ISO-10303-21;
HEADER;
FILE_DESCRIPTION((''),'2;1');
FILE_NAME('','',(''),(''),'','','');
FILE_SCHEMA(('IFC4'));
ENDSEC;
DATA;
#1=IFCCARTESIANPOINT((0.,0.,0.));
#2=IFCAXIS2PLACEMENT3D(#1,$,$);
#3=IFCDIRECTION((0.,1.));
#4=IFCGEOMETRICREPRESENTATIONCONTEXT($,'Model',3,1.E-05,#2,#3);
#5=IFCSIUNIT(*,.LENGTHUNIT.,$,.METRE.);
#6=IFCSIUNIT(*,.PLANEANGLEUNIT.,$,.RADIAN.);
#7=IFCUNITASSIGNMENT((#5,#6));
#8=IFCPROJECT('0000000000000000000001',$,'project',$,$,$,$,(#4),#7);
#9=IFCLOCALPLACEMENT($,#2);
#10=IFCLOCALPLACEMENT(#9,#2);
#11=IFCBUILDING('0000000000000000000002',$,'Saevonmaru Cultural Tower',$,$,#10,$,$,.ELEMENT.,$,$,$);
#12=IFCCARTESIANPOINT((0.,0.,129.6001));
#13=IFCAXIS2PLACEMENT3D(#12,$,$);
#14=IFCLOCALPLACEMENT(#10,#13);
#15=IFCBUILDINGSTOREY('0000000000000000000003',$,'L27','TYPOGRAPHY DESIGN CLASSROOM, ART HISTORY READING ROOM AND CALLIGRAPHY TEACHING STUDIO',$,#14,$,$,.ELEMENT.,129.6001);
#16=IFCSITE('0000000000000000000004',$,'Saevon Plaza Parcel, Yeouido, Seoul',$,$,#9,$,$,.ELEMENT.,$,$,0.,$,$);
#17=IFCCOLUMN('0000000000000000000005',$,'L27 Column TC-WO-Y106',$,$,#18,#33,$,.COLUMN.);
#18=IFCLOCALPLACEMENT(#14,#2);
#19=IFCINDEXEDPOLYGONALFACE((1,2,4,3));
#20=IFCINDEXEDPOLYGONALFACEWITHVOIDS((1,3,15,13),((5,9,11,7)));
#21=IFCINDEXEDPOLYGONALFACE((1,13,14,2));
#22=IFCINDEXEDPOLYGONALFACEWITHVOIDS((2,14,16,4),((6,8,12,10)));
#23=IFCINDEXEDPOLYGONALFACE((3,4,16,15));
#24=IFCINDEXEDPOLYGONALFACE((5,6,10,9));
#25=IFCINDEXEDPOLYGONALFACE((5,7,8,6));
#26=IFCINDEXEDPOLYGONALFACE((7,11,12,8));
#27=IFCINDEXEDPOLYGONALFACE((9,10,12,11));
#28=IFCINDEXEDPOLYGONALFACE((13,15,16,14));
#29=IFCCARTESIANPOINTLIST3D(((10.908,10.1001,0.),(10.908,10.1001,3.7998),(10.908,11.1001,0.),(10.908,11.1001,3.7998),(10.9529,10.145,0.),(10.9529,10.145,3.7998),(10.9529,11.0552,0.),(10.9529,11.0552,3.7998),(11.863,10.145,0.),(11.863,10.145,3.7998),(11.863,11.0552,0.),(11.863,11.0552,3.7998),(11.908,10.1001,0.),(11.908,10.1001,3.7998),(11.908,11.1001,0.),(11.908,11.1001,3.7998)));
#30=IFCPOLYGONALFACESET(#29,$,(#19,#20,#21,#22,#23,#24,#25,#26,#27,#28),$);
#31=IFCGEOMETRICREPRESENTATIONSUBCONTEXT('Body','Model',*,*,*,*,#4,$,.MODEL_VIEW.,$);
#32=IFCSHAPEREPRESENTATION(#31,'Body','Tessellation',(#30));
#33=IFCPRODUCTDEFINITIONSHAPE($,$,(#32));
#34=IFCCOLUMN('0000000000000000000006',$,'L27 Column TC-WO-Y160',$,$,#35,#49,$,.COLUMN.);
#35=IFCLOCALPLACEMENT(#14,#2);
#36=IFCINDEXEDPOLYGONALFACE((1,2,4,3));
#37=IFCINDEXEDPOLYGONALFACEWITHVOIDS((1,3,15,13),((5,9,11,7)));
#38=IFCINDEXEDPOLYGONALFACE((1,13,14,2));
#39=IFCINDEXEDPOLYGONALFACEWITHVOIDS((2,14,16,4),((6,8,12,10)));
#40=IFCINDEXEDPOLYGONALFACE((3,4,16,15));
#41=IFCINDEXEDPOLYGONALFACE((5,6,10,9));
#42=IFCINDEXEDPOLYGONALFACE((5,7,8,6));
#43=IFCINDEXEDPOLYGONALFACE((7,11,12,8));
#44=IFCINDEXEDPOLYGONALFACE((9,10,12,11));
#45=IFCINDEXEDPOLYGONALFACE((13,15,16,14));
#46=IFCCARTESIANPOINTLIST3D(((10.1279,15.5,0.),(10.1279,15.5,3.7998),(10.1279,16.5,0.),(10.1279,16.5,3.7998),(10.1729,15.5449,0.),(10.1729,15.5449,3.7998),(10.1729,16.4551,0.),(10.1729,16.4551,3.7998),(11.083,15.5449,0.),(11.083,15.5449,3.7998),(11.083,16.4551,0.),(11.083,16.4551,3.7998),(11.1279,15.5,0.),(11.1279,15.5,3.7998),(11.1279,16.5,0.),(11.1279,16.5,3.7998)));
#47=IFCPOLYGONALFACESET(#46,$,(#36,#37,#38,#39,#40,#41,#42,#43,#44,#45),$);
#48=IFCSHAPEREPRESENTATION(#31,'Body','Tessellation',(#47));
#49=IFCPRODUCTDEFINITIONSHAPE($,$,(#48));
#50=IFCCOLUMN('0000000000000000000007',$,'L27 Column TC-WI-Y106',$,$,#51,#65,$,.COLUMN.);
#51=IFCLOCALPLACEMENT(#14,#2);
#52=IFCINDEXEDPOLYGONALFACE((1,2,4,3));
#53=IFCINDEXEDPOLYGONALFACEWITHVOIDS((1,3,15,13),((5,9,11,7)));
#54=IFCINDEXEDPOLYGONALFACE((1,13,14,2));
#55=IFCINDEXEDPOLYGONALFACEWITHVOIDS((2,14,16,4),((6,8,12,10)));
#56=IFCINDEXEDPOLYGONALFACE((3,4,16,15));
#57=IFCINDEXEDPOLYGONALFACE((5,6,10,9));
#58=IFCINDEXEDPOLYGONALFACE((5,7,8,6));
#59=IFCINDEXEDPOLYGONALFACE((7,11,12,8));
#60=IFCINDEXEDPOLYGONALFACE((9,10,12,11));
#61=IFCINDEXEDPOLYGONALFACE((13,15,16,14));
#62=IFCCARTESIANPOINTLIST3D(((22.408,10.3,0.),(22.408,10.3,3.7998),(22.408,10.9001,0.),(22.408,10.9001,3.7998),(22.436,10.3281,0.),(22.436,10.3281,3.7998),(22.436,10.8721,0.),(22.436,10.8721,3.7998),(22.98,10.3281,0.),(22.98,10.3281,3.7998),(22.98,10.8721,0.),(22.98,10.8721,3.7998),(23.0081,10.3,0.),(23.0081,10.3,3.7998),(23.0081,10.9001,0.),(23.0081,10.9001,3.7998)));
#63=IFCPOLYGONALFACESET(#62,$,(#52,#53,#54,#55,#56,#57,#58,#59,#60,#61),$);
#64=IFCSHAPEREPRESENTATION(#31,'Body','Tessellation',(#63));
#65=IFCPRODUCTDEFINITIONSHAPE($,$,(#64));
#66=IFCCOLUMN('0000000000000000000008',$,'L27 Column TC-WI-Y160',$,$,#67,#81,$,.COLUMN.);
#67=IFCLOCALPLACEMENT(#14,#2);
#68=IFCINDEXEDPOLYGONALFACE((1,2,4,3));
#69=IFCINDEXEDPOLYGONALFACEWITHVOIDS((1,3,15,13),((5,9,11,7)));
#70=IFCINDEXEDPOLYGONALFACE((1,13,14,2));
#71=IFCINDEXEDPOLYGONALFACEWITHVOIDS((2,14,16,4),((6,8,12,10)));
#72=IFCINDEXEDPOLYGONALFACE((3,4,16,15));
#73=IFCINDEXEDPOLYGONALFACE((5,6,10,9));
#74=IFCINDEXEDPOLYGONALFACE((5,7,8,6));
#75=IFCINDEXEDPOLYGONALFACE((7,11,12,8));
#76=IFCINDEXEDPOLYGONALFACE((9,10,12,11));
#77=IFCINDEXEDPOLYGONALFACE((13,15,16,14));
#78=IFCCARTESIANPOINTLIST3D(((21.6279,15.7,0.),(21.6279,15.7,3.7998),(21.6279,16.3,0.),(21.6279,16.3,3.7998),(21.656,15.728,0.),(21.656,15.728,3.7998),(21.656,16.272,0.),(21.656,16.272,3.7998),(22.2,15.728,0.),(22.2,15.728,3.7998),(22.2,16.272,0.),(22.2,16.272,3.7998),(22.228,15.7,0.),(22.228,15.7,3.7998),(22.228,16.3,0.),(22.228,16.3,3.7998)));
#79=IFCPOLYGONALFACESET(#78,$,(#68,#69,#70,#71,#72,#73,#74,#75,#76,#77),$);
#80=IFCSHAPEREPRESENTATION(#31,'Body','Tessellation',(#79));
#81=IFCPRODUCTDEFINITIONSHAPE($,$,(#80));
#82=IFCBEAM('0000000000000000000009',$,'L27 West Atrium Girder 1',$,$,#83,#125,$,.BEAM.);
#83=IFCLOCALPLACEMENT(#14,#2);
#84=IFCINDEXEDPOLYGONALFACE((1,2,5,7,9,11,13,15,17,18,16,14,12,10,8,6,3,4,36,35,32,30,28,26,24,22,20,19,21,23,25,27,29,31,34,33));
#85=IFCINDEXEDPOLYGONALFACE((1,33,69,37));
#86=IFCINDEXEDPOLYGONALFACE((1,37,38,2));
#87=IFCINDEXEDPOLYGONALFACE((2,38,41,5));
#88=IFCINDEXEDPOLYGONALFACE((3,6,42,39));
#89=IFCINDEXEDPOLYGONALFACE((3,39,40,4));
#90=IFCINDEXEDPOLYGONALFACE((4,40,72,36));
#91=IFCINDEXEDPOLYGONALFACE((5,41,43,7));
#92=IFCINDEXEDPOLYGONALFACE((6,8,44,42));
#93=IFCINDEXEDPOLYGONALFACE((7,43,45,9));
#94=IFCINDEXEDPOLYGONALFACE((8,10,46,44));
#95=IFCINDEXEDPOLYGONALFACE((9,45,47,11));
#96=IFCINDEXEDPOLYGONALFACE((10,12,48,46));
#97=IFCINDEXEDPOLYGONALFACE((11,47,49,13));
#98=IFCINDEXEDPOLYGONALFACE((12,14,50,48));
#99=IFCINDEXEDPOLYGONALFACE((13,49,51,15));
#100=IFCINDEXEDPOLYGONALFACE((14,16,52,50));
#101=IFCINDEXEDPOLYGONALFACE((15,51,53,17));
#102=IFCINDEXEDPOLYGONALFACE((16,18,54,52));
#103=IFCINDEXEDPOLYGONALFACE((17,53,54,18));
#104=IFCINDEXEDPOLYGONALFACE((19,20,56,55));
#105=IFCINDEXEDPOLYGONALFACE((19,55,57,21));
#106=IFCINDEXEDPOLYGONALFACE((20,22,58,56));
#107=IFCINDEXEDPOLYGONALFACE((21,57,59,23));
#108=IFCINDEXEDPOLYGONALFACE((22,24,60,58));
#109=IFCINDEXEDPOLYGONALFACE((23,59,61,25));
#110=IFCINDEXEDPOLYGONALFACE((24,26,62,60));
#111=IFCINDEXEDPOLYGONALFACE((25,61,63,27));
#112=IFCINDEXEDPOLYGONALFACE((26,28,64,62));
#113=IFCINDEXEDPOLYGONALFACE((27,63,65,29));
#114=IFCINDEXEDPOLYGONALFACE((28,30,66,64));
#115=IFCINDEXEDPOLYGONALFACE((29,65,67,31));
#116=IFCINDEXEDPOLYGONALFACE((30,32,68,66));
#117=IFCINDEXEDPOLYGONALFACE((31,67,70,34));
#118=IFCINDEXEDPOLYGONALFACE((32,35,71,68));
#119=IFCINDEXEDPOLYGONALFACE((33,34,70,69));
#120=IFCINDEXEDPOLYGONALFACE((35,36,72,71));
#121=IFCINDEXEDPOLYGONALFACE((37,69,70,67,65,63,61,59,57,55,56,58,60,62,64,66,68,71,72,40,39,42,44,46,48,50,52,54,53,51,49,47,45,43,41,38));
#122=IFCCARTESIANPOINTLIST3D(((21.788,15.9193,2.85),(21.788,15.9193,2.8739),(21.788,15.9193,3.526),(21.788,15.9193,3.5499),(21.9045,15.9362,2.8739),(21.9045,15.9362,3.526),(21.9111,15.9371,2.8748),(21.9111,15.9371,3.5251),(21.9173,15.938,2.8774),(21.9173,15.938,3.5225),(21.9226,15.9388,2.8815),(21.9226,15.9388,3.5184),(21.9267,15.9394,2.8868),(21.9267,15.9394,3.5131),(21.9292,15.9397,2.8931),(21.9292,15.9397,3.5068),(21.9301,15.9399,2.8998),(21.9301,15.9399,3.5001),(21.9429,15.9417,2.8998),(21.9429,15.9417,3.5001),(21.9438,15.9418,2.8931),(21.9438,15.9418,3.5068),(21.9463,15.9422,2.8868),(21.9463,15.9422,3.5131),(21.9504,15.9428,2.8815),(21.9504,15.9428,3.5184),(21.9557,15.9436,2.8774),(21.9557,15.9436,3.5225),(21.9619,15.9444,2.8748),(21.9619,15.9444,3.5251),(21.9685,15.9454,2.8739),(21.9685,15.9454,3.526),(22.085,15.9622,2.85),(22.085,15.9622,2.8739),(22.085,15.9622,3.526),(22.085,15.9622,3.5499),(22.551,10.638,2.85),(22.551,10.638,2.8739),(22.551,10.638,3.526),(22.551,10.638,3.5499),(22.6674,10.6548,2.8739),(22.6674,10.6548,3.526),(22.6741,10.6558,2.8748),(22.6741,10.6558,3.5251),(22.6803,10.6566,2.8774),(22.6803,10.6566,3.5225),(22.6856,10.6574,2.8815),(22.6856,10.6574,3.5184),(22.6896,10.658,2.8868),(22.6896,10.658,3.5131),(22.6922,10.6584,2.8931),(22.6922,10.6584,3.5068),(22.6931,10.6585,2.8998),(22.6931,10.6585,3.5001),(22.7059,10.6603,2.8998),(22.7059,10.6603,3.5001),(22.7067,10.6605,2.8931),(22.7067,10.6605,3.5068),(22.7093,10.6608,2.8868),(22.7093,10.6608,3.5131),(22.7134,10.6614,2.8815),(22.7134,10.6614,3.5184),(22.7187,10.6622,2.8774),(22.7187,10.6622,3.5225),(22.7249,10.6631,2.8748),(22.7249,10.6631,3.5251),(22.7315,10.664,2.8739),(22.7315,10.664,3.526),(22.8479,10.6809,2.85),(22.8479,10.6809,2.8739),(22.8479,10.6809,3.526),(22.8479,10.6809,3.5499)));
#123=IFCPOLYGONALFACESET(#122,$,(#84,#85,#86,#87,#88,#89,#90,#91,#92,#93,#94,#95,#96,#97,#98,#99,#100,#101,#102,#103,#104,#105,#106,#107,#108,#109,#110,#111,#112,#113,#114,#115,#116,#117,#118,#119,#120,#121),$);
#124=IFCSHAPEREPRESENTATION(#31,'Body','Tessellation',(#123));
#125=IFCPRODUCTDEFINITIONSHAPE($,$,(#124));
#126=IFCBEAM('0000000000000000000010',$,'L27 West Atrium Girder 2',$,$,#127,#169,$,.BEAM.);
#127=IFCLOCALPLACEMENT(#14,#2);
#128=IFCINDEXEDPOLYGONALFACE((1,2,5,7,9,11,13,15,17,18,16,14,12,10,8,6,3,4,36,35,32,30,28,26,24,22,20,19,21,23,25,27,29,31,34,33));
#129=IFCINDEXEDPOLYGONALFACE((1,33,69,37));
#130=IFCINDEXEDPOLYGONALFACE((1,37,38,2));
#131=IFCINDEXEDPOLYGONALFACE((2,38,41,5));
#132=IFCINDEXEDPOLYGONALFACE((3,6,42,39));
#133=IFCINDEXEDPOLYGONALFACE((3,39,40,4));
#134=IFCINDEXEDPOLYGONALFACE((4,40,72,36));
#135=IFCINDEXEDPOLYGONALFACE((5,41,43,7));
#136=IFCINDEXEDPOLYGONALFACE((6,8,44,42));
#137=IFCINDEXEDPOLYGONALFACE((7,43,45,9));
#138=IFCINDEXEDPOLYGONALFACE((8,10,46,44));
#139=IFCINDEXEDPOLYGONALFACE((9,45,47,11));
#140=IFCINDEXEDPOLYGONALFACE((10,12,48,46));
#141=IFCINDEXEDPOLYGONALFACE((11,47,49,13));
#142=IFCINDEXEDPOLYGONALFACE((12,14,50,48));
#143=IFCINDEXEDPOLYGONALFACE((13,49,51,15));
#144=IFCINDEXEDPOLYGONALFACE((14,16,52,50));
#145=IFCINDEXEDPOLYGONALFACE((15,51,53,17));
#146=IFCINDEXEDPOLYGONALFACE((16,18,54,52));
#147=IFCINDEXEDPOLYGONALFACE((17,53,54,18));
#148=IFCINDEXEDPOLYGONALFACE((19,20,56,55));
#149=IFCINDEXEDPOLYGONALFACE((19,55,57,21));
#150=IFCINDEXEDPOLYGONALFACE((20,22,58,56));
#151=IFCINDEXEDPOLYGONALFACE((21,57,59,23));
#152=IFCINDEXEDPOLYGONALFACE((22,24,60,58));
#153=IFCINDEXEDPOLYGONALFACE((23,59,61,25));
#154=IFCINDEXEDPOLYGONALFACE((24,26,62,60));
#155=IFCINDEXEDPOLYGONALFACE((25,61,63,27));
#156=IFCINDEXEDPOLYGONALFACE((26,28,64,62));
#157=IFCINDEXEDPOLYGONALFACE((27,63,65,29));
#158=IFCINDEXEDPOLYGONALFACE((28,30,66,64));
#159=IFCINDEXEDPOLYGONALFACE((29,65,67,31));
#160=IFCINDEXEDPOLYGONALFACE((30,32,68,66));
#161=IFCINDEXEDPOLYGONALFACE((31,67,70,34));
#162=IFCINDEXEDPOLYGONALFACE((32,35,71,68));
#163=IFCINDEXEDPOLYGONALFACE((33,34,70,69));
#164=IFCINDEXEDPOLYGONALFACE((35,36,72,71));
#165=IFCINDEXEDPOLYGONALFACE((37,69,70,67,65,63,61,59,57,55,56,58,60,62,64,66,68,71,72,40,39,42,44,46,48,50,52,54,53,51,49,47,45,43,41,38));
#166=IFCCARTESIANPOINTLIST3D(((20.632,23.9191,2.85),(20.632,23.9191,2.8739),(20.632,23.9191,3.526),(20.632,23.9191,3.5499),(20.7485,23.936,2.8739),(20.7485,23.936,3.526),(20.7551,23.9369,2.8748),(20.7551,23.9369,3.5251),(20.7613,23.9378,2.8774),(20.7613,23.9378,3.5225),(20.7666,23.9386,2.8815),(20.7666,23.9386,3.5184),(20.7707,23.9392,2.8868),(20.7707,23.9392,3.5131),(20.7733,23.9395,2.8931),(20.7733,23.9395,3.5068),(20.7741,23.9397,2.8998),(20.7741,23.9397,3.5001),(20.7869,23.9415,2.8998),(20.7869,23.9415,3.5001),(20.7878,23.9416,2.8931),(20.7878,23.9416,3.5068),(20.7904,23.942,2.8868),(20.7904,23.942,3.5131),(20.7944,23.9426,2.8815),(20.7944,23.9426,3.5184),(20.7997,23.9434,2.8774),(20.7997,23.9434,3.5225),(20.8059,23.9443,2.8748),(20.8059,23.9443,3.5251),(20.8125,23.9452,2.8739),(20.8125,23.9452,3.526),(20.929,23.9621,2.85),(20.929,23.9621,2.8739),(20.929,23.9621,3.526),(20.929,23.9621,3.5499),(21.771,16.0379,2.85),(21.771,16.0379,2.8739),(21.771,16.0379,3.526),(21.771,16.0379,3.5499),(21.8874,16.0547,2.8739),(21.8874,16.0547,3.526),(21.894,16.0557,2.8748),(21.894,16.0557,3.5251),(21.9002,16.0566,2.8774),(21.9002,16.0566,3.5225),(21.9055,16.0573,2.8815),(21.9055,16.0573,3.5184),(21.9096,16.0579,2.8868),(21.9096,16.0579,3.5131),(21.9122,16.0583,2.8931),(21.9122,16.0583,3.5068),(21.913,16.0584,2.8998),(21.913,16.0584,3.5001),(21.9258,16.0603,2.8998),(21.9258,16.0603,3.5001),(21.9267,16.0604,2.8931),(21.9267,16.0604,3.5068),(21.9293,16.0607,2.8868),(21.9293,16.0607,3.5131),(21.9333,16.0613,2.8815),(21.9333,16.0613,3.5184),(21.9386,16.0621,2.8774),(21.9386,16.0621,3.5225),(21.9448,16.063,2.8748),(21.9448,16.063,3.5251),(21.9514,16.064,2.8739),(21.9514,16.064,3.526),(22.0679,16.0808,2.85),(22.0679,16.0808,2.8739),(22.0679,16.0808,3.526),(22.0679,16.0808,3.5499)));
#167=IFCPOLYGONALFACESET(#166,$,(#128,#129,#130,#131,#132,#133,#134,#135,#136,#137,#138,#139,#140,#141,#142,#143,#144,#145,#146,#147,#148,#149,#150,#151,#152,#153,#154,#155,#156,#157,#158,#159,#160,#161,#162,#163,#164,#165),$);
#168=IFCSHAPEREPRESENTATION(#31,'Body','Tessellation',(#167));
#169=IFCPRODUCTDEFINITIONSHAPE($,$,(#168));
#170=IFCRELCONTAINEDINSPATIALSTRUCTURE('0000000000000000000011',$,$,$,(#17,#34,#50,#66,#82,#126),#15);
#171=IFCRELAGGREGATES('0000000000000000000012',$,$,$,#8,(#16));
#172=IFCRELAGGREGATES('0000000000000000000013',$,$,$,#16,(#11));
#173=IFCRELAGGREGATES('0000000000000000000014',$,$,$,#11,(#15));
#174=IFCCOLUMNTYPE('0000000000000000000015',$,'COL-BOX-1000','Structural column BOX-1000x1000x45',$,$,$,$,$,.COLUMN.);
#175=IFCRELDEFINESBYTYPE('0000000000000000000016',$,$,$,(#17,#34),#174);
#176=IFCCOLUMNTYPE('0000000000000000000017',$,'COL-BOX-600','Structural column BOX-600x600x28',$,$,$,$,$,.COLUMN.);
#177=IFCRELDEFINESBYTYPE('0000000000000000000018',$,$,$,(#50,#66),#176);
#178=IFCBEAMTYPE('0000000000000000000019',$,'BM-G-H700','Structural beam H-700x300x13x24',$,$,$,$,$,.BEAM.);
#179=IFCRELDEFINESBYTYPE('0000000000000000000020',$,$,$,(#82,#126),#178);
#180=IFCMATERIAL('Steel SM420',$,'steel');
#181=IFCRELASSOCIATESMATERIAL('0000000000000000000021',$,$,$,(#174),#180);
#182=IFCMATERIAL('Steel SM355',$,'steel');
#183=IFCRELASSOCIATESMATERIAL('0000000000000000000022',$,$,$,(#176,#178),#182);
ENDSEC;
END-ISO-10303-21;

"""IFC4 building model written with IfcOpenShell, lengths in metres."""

from ifc_helpers import new_model, si_unit, direction, frame, origin, origin_2d, place, context, subcontext, project, spatial, hollow_rectangle, i_section, extrude, material, material_profile, profile_set, type_object, element, save


model = new_model("IFC4")

# Units and contexts
model_context = context("Model", 3, precision=1e-05, world=origin(), true_north=direction((0.0, 1.0)))
body_context = subcontext(model_context, "Body", "Model", "MODEL_VIEW")
ifc_project = project(units=[si_unit("LENGTHUNIT", "METRE"), si_unit("PLANEANGLEUNIT", "RADIAN")], contexts=[model_context])

# Site, building, storey
site_placement = place(None, origin())
site = spatial("IfcSite", under=ifc_project, at=site_placement, Name="Saevon Plaza Parcel, Yeouido, Seoul", CompositionType="ELEMENT", RefElevation=0.0)
building_placement = place(site_placement, origin())
building = spatial("IfcBuilding", under=site, at=building_placement, Name="Saevonmaru Cultural Tower", CompositionType="ELEMENT")
storey_placement = place(building_placement, frame((0.0, 0.0, 129.6001)))
storey = spatial("IfcBuildingStorey", under=building, at=storey_placement, Name="L27", Description="TYPOGRAPHY DESIGN CLASSROOM, ART HISTORY READING ROOM AND CALLIGRAPHY TEACHING STUDIO", CompositionType="ELEMENT", Elevation=129.6001)

# Columns
ifc_material_1 = material(Name="Steel SM420", Category="steel")
ifc_material_profile_1 = material_profile(ifc_material_1, hollow_rectangle(XDim=1.0, YDim=1.0, WallThickness=0.0449, at=origin_2d()), Name="BOX-1000x1000x45")
ifc_profile_set_1 = profile_set([ifc_material_profile_1], Name="Steel SM420")
column_type_1 = type_object("IfcColumnType", Name="COL-BOX-1000", Description="Structural column BOX-1000x1000x45", PredefinedType="COLUMN", material=ifc_profile_set_1)
for number, where, z_axis, x_axis, name in (
    (1, (11.408, 10.6001, 0.0), (0.0, 0.0, 1.0), (1.0, 0.0, 0.0), "L27 Column TC-WO-Y106"),
    (2, (10.6279, 16.0, 0.0), (0.0, 0.0, 1.0), (1.0, 0.0, 0.0), "L27 Column TC-WO-Y160"),
):
    element("IfcColumn", number, at=place(storey_placement, frame(where, z_axis=z_axis, x_axis=x_axis)), inside=storey, type_object=column_type_1, Name=name, PredefinedType="COLUMN", context=body_context, shape_type="SweptSolid", body=[
        extrude(hollow_rectangle(XDim=1.0, YDim=1.0, WallThickness=0.0449, at=origin_2d()), origin(), (0.0, 0.0, 1.0), 3.7998),
    ])
ifc_material_2 = material(Name="Steel SM355", Category="steel")
ifc_material_profile_2 = material_profile(ifc_material_2, hollow_rectangle(XDim=0.6001, YDim=0.6001, WallThickness=0.0281, at=origin_2d()), Name="BOX-600x600x28")
ifc_profile_set_2 = profile_set([ifc_material_profile_2], Name="Steel SM355")
column_type_2 = type_object("IfcColumnType", Name="COL-BOX-600", Description="Structural column BOX-600x600x28", PredefinedType="COLUMN", material=ifc_profile_set_2)
for number, where, z_axis, x_axis, name in (
    (3, (22.708, 10.6001, 0.0), (0.0, 0.0, 1.0), (1.0, 0.0, 0.0), "L27 Column TC-WI-Y106"),
    (4, (21.928, 16.0, 0.0), (0.0, 0.0, 1.0), (1.0, 0.0, 0.0), "L27 Column TC-WI-Y160"),
):
    element("IfcColumn", number, at=place(storey_placement, frame(where, z_axis=z_axis, x_axis=x_axis)), inside=storey, type_object=column_type_2, Name=name, PredefinedType="COLUMN", context=body_context, shape_type="SweptSolid", body=[
        extrude(hollow_rectangle(XDim=0.6001, YDim=0.6001, WallThickness=0.0281, at=origin_2d()), origin(), (0.0, 0.0, 1.0), 3.7998),
    ])

# Beams
ifc_material_profile_3 = material_profile(ifc_material_2, i_section(OverallWidth=0.3, OverallDepth=0.7, WebThickness=0.0129, FlangeThickness=0.0239, FilletRadius=0.0259, at=origin_2d()), Name="H-700x300x13x24")
ifc_profile_set_3 = profile_set([ifc_material_profile_3], Name="Steel SM355")
beam_type_1 = type_object("IfcBeamType", Name="BM-G-H700", Description="Structural beam H-700x300x13x24", PredefinedType="BEAM", material=ifc_profile_set_3)
beam_1_placement = place(storey_placement, frame((22.6995, 10.6594, 3.2), z_axis=(-0.142978, 0.989726, 0.0), x_axis=(-0.989726, -0.142978, 0.0)))
element("IfcBeam", 5, at=beam_1_placement, inside=storey, type_object=beam_type_1, Name="L27 West Atrium Girder 1", PredefinedType="BEAM", context=body_context, shape_type="SweptSolid", body=[
    extrude(i_section(OverallWidth=0.3, OverallDepth=0.7, WebThickness=0.0129, FlangeThickness=0.0239, FilletRadius=0.0259, at=origin_2d()), origin(), (0.0, 0.0, 1.0), 5.3362),
])
beam_2_placement = place(storey_placement, frame((21.9194, 16.0593, 3.2), z_axis=(-0.143022, 0.989719, 0.0), x_axis=(-0.989719, -0.143022, 0.0)))
element("IfcBeam", 6, at=beam_2_placement, inside=storey, type_object=beam_type_1, Name="L27 West Atrium Girder 2", PredefinedType="BEAM", context=body_context, shape_type="SweptSolid", body=[
    extrude(i_section(OverallWidth=0.3, OverallDepth=0.7, WebThickness=0.0129, FlangeThickness=0.0239, FilletRadius=0.0259, at=origin_2d()), origin(), (0.0, 0.0, 1.0), 7.9631),
])

save(model, "model.ifc")
